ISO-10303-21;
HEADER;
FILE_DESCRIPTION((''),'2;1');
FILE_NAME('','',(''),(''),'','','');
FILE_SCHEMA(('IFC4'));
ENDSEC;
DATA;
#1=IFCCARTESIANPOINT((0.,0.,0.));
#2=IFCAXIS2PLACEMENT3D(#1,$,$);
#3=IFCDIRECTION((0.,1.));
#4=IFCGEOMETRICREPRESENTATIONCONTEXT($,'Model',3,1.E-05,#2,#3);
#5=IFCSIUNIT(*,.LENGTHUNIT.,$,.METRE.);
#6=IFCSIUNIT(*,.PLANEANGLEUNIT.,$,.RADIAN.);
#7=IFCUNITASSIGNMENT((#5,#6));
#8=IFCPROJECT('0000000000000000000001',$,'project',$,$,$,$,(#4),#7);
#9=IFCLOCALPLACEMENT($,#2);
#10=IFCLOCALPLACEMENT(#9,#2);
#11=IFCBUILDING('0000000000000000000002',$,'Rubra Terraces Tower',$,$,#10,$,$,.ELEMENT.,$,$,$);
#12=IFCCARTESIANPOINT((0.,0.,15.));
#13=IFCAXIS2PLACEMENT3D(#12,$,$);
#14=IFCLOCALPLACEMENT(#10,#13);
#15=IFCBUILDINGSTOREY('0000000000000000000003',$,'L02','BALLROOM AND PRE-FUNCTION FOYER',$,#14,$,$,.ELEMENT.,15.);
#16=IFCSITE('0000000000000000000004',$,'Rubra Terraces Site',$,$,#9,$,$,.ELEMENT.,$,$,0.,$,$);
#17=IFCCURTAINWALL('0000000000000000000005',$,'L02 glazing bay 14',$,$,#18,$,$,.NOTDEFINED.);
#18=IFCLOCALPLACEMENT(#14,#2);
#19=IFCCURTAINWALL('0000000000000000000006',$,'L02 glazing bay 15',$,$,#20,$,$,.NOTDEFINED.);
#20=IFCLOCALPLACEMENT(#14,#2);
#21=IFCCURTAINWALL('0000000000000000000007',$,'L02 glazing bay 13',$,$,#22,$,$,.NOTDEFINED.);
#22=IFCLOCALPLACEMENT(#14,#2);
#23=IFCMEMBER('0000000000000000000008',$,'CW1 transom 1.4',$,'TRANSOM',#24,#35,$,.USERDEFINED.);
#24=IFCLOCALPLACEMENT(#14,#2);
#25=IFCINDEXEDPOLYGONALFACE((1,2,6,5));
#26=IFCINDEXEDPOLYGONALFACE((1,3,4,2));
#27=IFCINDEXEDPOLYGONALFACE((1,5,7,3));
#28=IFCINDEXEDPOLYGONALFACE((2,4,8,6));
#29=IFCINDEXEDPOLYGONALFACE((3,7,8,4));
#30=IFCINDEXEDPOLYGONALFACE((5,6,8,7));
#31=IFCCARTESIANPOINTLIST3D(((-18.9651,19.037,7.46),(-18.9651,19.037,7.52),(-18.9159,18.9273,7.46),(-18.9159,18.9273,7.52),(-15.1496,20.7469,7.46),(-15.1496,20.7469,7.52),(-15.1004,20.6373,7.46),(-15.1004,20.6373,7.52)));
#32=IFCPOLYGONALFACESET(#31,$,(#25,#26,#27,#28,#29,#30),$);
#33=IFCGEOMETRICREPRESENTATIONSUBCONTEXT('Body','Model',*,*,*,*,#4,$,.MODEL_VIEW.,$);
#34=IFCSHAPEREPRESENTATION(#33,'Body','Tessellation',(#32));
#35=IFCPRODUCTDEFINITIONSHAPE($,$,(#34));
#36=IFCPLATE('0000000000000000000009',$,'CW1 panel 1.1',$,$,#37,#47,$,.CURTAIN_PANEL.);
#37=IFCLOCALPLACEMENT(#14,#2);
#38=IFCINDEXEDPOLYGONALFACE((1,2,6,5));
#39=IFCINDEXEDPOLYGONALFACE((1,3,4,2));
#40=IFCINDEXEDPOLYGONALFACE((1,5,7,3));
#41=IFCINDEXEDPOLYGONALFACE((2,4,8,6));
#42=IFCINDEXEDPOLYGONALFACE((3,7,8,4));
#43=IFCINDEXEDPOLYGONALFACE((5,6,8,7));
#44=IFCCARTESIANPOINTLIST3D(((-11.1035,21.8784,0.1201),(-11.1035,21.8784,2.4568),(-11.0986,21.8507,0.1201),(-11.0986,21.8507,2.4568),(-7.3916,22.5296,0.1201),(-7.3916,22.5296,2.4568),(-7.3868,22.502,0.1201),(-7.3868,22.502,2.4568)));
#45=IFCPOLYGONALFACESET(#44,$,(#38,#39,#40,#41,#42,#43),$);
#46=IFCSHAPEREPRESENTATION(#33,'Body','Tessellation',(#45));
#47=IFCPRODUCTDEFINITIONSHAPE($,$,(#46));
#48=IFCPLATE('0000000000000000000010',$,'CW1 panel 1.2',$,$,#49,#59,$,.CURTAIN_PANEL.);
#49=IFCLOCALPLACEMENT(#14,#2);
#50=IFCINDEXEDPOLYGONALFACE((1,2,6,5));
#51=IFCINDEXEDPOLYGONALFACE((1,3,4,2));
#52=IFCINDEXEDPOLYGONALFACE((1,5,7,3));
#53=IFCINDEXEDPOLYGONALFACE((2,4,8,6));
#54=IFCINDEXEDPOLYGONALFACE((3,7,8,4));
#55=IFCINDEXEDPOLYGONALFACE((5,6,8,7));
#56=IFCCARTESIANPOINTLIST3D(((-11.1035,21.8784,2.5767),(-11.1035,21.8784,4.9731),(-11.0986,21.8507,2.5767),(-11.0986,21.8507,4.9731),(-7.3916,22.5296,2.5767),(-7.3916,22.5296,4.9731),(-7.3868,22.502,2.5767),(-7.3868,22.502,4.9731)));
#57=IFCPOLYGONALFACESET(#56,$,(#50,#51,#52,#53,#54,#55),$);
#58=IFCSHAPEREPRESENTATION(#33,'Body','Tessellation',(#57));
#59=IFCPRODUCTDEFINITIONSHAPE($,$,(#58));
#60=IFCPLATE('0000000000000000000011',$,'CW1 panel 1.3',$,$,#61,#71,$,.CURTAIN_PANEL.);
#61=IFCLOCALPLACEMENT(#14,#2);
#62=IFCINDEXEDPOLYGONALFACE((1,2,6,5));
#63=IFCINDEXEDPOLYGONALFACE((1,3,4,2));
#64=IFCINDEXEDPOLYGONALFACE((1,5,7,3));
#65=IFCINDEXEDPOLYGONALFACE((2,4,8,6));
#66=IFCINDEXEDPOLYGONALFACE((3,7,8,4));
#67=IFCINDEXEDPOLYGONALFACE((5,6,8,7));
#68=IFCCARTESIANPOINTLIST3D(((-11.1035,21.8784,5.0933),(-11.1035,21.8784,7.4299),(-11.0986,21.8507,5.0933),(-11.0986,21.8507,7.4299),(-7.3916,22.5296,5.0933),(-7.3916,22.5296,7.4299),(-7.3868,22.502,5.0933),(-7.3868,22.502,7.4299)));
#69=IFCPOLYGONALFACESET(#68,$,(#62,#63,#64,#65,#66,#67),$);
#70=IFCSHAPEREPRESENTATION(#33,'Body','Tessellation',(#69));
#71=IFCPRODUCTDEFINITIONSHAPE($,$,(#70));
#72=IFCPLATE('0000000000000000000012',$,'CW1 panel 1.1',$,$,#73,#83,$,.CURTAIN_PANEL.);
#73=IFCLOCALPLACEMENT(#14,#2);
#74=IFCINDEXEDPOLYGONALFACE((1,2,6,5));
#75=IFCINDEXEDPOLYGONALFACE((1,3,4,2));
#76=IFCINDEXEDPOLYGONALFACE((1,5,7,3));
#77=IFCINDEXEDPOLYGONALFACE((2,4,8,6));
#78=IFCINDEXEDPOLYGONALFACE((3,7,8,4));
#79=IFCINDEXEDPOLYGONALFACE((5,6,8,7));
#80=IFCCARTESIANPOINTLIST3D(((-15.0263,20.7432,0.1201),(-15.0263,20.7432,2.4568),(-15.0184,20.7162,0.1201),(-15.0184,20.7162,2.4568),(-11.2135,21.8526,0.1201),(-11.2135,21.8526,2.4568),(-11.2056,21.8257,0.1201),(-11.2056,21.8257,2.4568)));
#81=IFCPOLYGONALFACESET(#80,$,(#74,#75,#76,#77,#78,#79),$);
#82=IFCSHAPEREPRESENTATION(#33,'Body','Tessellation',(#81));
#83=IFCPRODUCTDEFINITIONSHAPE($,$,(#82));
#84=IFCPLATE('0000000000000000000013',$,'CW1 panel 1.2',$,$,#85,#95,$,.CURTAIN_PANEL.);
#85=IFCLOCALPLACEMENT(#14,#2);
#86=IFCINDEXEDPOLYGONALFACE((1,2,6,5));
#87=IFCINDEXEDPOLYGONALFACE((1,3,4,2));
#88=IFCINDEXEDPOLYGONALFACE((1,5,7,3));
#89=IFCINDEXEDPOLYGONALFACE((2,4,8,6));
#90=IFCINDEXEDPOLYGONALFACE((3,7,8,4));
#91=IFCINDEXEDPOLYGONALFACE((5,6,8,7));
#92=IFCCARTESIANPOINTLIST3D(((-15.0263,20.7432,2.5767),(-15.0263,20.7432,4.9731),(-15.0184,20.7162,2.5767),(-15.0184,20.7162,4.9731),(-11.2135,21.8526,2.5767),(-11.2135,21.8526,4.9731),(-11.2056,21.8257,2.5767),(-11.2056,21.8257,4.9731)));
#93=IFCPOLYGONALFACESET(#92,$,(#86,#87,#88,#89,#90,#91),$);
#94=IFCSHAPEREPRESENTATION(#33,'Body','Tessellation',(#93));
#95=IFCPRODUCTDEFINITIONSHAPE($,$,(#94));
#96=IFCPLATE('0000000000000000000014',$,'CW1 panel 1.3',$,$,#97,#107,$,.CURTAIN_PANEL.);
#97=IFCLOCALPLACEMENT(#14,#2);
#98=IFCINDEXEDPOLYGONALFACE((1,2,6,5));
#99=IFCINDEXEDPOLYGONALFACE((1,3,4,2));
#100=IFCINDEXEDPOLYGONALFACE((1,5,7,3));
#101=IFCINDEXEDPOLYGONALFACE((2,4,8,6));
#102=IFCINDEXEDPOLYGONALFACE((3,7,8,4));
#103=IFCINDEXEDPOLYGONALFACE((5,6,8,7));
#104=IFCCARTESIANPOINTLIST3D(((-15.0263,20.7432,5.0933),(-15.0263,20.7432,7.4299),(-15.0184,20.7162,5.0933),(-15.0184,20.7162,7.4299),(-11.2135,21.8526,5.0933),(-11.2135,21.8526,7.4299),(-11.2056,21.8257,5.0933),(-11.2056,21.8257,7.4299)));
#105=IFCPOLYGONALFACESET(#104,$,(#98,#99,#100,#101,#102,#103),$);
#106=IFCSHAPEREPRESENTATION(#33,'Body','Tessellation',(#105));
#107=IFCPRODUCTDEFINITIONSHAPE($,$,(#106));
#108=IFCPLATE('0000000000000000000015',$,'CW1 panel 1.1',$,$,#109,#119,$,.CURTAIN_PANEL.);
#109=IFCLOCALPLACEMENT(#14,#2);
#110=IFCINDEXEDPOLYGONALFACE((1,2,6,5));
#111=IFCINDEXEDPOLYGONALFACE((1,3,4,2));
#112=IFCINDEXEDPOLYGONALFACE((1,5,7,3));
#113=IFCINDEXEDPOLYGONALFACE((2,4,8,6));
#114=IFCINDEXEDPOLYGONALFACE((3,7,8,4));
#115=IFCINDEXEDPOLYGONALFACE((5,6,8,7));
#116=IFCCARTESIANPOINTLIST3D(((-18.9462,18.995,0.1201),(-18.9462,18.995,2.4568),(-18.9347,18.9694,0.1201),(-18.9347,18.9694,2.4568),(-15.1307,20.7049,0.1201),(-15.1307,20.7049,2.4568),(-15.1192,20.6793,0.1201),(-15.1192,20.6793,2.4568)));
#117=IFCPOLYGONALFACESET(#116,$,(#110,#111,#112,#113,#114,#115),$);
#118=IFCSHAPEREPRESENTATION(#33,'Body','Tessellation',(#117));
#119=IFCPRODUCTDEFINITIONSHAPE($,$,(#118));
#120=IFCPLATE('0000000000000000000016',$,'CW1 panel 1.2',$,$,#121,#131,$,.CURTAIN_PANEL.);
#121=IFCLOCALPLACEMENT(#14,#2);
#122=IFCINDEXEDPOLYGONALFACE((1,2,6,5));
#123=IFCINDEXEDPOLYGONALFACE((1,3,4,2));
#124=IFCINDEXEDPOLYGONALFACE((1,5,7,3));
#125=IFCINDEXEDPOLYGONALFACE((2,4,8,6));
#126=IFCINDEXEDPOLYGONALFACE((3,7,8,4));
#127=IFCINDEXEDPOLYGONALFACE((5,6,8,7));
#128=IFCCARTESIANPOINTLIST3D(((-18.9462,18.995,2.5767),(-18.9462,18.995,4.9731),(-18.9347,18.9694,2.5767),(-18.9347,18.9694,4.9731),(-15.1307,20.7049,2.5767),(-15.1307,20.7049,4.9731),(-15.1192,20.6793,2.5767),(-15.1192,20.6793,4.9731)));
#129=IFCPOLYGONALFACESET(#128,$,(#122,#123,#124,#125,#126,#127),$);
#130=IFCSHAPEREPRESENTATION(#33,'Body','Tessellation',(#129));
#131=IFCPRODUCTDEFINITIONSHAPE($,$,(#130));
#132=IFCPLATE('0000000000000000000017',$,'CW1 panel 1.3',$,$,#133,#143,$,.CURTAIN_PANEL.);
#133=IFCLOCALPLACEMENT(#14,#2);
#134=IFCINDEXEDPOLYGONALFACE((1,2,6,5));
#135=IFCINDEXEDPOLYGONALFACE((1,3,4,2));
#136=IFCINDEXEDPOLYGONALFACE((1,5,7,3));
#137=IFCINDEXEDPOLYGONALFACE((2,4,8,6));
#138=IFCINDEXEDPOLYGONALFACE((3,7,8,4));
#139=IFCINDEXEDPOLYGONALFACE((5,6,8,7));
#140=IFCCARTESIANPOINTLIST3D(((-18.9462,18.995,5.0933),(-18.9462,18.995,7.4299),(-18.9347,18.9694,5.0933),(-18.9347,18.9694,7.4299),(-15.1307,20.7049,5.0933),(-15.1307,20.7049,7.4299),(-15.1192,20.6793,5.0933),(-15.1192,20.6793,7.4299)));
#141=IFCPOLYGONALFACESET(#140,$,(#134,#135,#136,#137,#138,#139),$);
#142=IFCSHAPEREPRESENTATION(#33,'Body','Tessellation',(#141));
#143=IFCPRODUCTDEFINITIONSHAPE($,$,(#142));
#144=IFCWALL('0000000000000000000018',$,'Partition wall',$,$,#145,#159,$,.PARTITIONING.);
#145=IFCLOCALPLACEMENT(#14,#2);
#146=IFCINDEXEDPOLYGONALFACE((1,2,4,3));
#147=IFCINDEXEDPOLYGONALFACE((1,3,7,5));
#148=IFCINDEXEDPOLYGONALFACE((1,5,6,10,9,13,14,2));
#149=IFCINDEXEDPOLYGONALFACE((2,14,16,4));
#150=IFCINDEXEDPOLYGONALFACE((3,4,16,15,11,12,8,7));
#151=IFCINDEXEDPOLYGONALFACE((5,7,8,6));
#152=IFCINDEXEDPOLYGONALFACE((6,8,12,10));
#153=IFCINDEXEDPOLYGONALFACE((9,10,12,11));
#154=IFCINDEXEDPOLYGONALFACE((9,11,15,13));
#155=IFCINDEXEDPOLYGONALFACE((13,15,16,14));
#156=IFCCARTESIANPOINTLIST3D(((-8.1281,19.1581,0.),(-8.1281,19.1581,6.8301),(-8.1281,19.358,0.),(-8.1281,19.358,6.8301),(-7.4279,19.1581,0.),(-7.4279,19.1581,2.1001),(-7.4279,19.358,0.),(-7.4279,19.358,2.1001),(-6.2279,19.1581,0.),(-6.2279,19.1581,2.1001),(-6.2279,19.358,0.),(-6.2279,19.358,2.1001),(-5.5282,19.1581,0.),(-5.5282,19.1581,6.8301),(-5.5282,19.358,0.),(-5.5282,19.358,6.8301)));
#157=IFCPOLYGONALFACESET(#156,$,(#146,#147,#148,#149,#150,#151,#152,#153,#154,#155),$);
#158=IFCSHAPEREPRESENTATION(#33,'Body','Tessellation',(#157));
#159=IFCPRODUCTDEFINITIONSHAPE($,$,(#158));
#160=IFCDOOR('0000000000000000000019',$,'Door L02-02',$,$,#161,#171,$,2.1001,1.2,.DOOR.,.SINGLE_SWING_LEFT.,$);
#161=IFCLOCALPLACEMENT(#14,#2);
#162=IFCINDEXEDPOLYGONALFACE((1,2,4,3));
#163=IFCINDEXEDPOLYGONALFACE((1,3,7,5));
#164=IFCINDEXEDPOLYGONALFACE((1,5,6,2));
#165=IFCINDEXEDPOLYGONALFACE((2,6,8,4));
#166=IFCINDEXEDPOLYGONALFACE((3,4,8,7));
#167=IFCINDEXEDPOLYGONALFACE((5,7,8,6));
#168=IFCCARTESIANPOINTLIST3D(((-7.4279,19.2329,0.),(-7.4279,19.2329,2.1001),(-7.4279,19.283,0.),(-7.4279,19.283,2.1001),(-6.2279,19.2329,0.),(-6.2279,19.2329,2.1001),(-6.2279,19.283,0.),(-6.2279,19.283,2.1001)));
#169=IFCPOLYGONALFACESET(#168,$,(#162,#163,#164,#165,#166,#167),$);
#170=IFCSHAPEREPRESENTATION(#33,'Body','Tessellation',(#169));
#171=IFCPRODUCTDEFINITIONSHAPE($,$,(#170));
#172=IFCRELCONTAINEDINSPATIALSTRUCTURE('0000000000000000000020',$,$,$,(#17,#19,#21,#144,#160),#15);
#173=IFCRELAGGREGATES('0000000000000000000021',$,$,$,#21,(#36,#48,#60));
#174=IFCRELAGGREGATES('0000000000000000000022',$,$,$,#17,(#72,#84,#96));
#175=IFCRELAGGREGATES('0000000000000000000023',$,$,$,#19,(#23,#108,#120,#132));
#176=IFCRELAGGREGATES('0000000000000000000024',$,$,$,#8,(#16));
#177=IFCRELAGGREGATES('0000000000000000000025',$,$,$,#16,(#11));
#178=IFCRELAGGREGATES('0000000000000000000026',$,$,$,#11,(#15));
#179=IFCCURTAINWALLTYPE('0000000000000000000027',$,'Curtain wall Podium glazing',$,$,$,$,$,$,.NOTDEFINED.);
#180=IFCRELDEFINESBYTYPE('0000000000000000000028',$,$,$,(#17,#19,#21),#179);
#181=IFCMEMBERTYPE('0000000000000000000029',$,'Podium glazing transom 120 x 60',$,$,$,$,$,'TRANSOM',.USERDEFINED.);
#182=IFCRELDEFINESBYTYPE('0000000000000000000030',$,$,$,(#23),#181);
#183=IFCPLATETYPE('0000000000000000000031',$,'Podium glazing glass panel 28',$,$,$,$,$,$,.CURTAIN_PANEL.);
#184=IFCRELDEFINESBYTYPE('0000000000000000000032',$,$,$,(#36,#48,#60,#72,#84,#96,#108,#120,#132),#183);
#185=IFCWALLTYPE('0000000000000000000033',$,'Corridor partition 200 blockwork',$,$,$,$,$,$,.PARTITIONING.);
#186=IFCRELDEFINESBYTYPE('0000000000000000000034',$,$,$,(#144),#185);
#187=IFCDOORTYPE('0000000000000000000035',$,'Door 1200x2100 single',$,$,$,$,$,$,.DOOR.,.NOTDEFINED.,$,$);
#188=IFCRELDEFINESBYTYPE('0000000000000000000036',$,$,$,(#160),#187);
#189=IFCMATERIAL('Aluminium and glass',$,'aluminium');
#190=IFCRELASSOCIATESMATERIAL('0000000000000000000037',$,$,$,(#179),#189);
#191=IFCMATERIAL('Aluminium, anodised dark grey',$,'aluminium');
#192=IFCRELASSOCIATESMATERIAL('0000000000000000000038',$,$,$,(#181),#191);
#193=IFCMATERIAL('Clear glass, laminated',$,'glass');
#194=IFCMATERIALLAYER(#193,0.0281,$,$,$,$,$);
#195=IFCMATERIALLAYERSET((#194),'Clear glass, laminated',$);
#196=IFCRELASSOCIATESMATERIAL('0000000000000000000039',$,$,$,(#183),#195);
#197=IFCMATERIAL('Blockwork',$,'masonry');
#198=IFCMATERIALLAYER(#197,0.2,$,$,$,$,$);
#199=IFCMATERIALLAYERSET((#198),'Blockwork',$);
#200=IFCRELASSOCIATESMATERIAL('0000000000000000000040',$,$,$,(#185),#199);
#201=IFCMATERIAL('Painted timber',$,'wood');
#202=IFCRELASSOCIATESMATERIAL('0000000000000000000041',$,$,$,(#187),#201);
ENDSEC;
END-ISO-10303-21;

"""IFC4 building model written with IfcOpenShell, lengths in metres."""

from ifc_helpers import new_model, si_unit, direction, frame, frame_2d, origin, origin_2d, place, context, subcontext, project, spatial, rectangle, extrude, material, layer, layer_set, material_profile, profile_set, type_object, element, fill, aggregate, save


model = new_model("IFC4")

# Units and contexts
model_context = context("Model", 3, precision=1e-05, world=origin(), true_north=direction((0.0, 1.0)))
body_context = subcontext(model_context, "Body", "Model", "MODEL_VIEW")
ifc_project = project(units=[si_unit("LENGTHUNIT", "METRE"), si_unit("PLANEANGLEUNIT", "RADIAN")], contexts=[model_context])

# Site, building, storey
site_placement = place(None, origin())
site = spatial("IfcSite", under=ifc_project, at=site_placement, Name="Rubra Terraces Site", CompositionType="ELEMENT", RefElevation=0.0)
building_placement = place(site_placement, origin())
building = spatial("IfcBuilding", under=site, at=building_placement, Name="Rubra Terraces Tower", CompositionType="ELEMENT")
storey_placement = place(building_placement, frame((0.0, 0.0, 15.0)))
storey = spatial("IfcBuildingStorey", under=building, at=storey_placement, Name="L02", Description="BALLROOM AND PRE-FUNCTION FOYER", CompositionType="ELEMENT", Elevation=15.0)

# Curtain walls
ifc_material_1 = material(Name="Aluminium and glass", Category="aluminium")
curtain_wall_type = type_object("IfcCurtainWallType", Name="Curtain wall Podium glazing", PredefinedType="NOTDEFINED", material=ifc_material_1)
curtain_wall_1_placement = place(storey_placement, origin())
curtain_wall_1 = element("IfcCurtainWall", 1, at=curtain_wall_1_placement, inside=storey, type_object=curtain_wall_type, Name="L02 glazing bay 14", PredefinedType="NOTDEFINED")
ifc_material_2 = material(Name="Aluminium, anodised dark grey", Category="aluminium")
curtain_wall_2_placement = place(storey_placement, origin())
curtain_wall_2 = element("IfcCurtainWall", 2, at=curtain_wall_2_placement, inside=storey, type_object=curtain_wall_type, Name="L02 glazing bay 15", PredefinedType="NOTDEFINED")

# Curtain wall
curtain_wall_3_placement = place(storey_placement, origin())
curtain_wall_3 = element("IfcCurtainWall", 3, at=curtain_wall_3_placement, inside=storey, type_object=curtain_wall_type, Name="L02 glazing bay 13", PredefinedType="NOTDEFINED")
ifc_material_profile_1 = material_profile(ifc_material_2, rectangle(XDim=0.1201, YDim=0.0601, at=origin_2d()), Name="AL 120x60")
ifc_profile_set_1 = profile_set([ifc_material_profile_1], Name="Aluminium, anodised dark grey")
member_type_1 = type_object("IfcMemberType", Name="Podium glazing transom 120 x 60", ElementType="TRANSOM", PredefinedType="USERDEFINED", material=ifc_profile_set_1)

# Member
member_1_placement = place(storey_placement, frame((-15.125, 20.6921, 7.49), z_axis=(-0.912545, -0.408975, 0.0), x_axis=(0.408975, -0.912545, 0.0)))
member_1 = element("IfcMember", 4, at=member_1_placement, type_object=member_type_1, Name="CW1 transom 1.4", ObjectType="TRANSOM", PredefinedType="USERDEFINED", context=body_context, shape_type="SweptSolid", body=[
    extrude(rectangle(XDim=0.1201, YDim=0.0601, at=origin_2d()), origin(), (0.0, 0.0, 1.0), 4.1812),
])

# Plates
ifc_material_3 = material(Name="Clear glass, laminated", Category="glass")
ifc_layer_1 = layer(ifc_material_3, 0.0281)
ifc_layer_set_1 = layer_set([ifc_layer_1], Name="Clear glass, laminated")
plate_type = type_object("IfcPlateType", Name="Podium glazing glass panel 28", PredefinedType="CURTAIN_PANEL", material=ifc_layer_set_1)
plate_1_placement = place(storey_placement, frame((-9.2451, 22.1902, 0.1201), z_axis=(0.0, 0.0, 1.0), x_axis=(-0.984954, -0.172817, 0.0)))
plate_1 = element("IfcPlate", 5, at=plate_1_placement, type_object=plate_type, Name="CW1 panel 1.1", PredefinedType="CURTAIN_PANEL", context=body_context, shape_type="SweptSolid", body=[
    extrude(rectangle(XDim=3.7686, YDim=0.0281, at=origin_2d()), origin(), (0.0, 0.0, 1.0), 2.3367),
])
plate_2_placement = place(storey_placement, frame((-9.2451, 22.1902, 2.5767), z_axis=(0.0, 0.0, 1.0), x_axis=(-0.984954, -0.172817, 0.0)))
plate_2 = element("IfcPlate", 6, at=plate_2_placement, type_object=plate_type, Name="CW1 panel 1.2", PredefinedType="CURTAIN_PANEL", context=body_context, shape_type="SweptSolid", body=[
    extrude(rectangle(XDim=3.7686, YDim=0.0281, at=origin_2d()), origin(), (0.0, 0.0, 1.0), 2.3965),
])
plate_3_placement = place(storey_placement, frame((-9.2451, 22.1902, 5.0933), z_axis=(0.0, 0.0, 1.0), x_axis=(-0.984954, -0.172817, 0.0)))
plate_3 = element("IfcPlate", 7, at=plate_3_placement, type_object=plate_type, Name="CW1 panel 1.3", PredefinedType="CURTAIN_PANEL", context=body_context, shape_type="SweptSolid", body=[
    extrude(rectangle(XDim=3.7686, YDim=0.0281, at=origin_2d()), origin(), (0.0, 0.0, 1.0), 2.3367),
])
aggregate(curtain_wall_3, [plate_1, plate_2, plate_3])
plate_4_placement = place(storey_placement, frame((-13.116, 21.2844, 0.1201), z_axis=(0.0, 0.0, 1.0), x_axis=(-0.960175, -0.279399, 0.0)))
plate_4 = element("IfcPlate", 8, at=plate_4_placement, type_object=plate_type, Name="CW1 panel 1.1", PredefinedType="CURTAIN_PANEL", context=body_context, shape_type="SweptSolid", body=[
    extrude(rectangle(XDim=3.9709, YDim=0.0281, at=origin_2d()), origin(), (0.0, 0.0, 1.0), 2.3367),
])
plate_5_placement = place(storey_placement, frame((-13.116, 21.2844, 2.5767), z_axis=(0.0, 0.0, 1.0), x_axis=(-0.960175, -0.279399, 0.0)))
plate_5 = element("IfcPlate", 9, at=plate_5_placement, type_object=plate_type, Name="CW1 panel 1.2", PredefinedType="CURTAIN_PANEL", context=body_context, shape_type="SweptSolid", body=[
    extrude(rectangle(XDim=3.9709, YDim=0.0281, at=origin_2d()), origin(), (0.0, 0.0, 1.0), 2.3965),
])
plate_6_placement = place(storey_placement, frame((-13.116, 21.2844, 5.0933), z_axis=(0.0, 0.0, 1.0), x_axis=(-0.960175, -0.279399, 0.0)))
plate_6 = element("IfcPlate", 10, at=plate_6_placement, type_object=plate_type, Name="CW1 panel 1.3", PredefinedType="CURTAIN_PANEL", context=body_context, shape_type="SweptSolid", body=[
    extrude(rectangle(XDim=3.9709, YDim=0.0281, at=origin_2d()), origin(), (0.0, 0.0, 1.0), 2.3367),
])
aggregate(curtain_wall_1, [plate_4, plate_5, plate_6])
plate_7_placement = place(storey_placement, frame((-17.0327, 19.8372, 0.1201), z_axis=(0.0, 0.0, 1.0), x_axis=(-0.912551, -0.408962, 0.0)))
plate_7 = element("IfcPlate", 11, at=plate_7_placement, type_object=plate_type, Name="CW1 panel 1.1", PredefinedType="CURTAIN_PANEL", context=body_context, shape_type="SweptSolid", body=[
    extrude(rectangle(XDim=4.1812, YDim=0.0281, at=origin_2d()), origin(), (0.0, 0.0, 1.0), 2.3367),
])
plate_8_placement = place(storey_placement, frame((-17.0327, 19.8372, 2.5767), z_axis=(0.0, 0.0, 1.0), x_axis=(-0.912551, -0.408962, 0.0)))
plate_8 = element("IfcPlate", 12, at=plate_8_placement, type_object=plate_type, Name="CW1 panel 1.2", PredefinedType="CURTAIN_PANEL", context=body_context, shape_type="SweptSolid", body=[
    extrude(rectangle(XDim=4.1812, YDim=0.0281, at=origin_2d()), origin(), (0.0, 0.0, 1.0), 2.3965),
])
plate_9_placement = place(storey_placement, frame((-17.0327, 19.8372, 5.0933), z_axis=(0.0, 0.0, 1.0), x_axis=(-0.912551, -0.408962, 0.0)))
plate_9 = element("IfcPlate", 13, at=plate_9_placement, type_object=plate_type, Name="CW1 panel 1.3", PredefinedType="CURTAIN_PANEL", context=body_context, shape_type="SweptSolid", body=[
    extrude(rectangle(XDim=4.1812, YDim=0.0281, at=origin_2d()), origin(), (0.0, 0.0, 1.0), 2.3367),
])
aggregate(curtain_wall_2, [member_1, plate_7, plate_8, plate_9])

# Wall, opening, door
ifc_material_4 = material(Name="Blockwork", Category="masonry")
ifc_layer_2 = layer(ifc_material_4, 0.2)
ifc_layer_set_2 = layer_set([ifc_layer_2], Name="Blockwork")
wall_type = type_object("IfcWallType", Name="Corridor partition 200 blockwork", PredefinedType="PARTITIONING", material=ifc_layer_set_2)
wall_placement = place(storey_placement, frame((-8.1279, 19.2581, 0.0), z_axis=(0.0, 0.0, 1.0), x_axis=(1.0, 0.0, 0.0)))
wall = element("IfcWall", 14, at=wall_placement, inside=storey, type_object=wall_type, Name="Partition wall", PredefinedType="PARTITIONING", context=body_context, shape_type="SweptSolid", body=[
    extrude(rectangle(XDim=2.5999, YDim=0.2, at=frame_2d((1.2998, 0.0))), origin(), (0.0, 0.0, 1.0), 6.8301),
])
opening_placement = place(wall_placement, frame((0.7, 0.0, 0.0)))
opening = element("IfcOpeningElement", 15, at=opening_placement, cuts=wall, PredefinedType="OPENING", context=body_context, shape_type="SweptSolid", body=[
    extrude(rectangle(XDim=1.2, YDim=2.1001, at=frame_2d((0.6001, 1.05))), frame((0.0, 0.1099, 0.0), z_axis=(0.0, -1.0, 0.0), x_axis=(1.0, 0.0, 0.0)), (0.0, 0.0, 1.0), 0.22),
])
ifc_material_5 = material(Name="Painted timber", Category="wood")
door_type = type_object("IfcDoorType", Name="Door 1200x2100 single", OperationType="NOTDEFINED", PredefinedType="DOOR", material=ifc_material_5)
door_placement = place(opening_placement, origin())
door = element("IfcDoor", 16, at=door_placement, inside=storey, type_object=door_type, Name="Door L02-02", OperationType="SINGLE_SWING_LEFT", OverallHeight=2.1001, OverallWidth=1.2, PredefinedType="DOOR", context=body_context, shape_type="SweptSolid", body=[
    extrude(rectangle(XDim=1.2, YDim=2.1001, at=frame_2d((0.6001, 1.05))), frame((0.0, 0.0249, 0.0), z_axis=(0.0, -1.0, 0.0), x_axis=(1.0, 0.0, 0.0)), (0.0, 0.0, 1.0), 0.05),
])
fill(opening, door)

save(model, "model.ifc")
